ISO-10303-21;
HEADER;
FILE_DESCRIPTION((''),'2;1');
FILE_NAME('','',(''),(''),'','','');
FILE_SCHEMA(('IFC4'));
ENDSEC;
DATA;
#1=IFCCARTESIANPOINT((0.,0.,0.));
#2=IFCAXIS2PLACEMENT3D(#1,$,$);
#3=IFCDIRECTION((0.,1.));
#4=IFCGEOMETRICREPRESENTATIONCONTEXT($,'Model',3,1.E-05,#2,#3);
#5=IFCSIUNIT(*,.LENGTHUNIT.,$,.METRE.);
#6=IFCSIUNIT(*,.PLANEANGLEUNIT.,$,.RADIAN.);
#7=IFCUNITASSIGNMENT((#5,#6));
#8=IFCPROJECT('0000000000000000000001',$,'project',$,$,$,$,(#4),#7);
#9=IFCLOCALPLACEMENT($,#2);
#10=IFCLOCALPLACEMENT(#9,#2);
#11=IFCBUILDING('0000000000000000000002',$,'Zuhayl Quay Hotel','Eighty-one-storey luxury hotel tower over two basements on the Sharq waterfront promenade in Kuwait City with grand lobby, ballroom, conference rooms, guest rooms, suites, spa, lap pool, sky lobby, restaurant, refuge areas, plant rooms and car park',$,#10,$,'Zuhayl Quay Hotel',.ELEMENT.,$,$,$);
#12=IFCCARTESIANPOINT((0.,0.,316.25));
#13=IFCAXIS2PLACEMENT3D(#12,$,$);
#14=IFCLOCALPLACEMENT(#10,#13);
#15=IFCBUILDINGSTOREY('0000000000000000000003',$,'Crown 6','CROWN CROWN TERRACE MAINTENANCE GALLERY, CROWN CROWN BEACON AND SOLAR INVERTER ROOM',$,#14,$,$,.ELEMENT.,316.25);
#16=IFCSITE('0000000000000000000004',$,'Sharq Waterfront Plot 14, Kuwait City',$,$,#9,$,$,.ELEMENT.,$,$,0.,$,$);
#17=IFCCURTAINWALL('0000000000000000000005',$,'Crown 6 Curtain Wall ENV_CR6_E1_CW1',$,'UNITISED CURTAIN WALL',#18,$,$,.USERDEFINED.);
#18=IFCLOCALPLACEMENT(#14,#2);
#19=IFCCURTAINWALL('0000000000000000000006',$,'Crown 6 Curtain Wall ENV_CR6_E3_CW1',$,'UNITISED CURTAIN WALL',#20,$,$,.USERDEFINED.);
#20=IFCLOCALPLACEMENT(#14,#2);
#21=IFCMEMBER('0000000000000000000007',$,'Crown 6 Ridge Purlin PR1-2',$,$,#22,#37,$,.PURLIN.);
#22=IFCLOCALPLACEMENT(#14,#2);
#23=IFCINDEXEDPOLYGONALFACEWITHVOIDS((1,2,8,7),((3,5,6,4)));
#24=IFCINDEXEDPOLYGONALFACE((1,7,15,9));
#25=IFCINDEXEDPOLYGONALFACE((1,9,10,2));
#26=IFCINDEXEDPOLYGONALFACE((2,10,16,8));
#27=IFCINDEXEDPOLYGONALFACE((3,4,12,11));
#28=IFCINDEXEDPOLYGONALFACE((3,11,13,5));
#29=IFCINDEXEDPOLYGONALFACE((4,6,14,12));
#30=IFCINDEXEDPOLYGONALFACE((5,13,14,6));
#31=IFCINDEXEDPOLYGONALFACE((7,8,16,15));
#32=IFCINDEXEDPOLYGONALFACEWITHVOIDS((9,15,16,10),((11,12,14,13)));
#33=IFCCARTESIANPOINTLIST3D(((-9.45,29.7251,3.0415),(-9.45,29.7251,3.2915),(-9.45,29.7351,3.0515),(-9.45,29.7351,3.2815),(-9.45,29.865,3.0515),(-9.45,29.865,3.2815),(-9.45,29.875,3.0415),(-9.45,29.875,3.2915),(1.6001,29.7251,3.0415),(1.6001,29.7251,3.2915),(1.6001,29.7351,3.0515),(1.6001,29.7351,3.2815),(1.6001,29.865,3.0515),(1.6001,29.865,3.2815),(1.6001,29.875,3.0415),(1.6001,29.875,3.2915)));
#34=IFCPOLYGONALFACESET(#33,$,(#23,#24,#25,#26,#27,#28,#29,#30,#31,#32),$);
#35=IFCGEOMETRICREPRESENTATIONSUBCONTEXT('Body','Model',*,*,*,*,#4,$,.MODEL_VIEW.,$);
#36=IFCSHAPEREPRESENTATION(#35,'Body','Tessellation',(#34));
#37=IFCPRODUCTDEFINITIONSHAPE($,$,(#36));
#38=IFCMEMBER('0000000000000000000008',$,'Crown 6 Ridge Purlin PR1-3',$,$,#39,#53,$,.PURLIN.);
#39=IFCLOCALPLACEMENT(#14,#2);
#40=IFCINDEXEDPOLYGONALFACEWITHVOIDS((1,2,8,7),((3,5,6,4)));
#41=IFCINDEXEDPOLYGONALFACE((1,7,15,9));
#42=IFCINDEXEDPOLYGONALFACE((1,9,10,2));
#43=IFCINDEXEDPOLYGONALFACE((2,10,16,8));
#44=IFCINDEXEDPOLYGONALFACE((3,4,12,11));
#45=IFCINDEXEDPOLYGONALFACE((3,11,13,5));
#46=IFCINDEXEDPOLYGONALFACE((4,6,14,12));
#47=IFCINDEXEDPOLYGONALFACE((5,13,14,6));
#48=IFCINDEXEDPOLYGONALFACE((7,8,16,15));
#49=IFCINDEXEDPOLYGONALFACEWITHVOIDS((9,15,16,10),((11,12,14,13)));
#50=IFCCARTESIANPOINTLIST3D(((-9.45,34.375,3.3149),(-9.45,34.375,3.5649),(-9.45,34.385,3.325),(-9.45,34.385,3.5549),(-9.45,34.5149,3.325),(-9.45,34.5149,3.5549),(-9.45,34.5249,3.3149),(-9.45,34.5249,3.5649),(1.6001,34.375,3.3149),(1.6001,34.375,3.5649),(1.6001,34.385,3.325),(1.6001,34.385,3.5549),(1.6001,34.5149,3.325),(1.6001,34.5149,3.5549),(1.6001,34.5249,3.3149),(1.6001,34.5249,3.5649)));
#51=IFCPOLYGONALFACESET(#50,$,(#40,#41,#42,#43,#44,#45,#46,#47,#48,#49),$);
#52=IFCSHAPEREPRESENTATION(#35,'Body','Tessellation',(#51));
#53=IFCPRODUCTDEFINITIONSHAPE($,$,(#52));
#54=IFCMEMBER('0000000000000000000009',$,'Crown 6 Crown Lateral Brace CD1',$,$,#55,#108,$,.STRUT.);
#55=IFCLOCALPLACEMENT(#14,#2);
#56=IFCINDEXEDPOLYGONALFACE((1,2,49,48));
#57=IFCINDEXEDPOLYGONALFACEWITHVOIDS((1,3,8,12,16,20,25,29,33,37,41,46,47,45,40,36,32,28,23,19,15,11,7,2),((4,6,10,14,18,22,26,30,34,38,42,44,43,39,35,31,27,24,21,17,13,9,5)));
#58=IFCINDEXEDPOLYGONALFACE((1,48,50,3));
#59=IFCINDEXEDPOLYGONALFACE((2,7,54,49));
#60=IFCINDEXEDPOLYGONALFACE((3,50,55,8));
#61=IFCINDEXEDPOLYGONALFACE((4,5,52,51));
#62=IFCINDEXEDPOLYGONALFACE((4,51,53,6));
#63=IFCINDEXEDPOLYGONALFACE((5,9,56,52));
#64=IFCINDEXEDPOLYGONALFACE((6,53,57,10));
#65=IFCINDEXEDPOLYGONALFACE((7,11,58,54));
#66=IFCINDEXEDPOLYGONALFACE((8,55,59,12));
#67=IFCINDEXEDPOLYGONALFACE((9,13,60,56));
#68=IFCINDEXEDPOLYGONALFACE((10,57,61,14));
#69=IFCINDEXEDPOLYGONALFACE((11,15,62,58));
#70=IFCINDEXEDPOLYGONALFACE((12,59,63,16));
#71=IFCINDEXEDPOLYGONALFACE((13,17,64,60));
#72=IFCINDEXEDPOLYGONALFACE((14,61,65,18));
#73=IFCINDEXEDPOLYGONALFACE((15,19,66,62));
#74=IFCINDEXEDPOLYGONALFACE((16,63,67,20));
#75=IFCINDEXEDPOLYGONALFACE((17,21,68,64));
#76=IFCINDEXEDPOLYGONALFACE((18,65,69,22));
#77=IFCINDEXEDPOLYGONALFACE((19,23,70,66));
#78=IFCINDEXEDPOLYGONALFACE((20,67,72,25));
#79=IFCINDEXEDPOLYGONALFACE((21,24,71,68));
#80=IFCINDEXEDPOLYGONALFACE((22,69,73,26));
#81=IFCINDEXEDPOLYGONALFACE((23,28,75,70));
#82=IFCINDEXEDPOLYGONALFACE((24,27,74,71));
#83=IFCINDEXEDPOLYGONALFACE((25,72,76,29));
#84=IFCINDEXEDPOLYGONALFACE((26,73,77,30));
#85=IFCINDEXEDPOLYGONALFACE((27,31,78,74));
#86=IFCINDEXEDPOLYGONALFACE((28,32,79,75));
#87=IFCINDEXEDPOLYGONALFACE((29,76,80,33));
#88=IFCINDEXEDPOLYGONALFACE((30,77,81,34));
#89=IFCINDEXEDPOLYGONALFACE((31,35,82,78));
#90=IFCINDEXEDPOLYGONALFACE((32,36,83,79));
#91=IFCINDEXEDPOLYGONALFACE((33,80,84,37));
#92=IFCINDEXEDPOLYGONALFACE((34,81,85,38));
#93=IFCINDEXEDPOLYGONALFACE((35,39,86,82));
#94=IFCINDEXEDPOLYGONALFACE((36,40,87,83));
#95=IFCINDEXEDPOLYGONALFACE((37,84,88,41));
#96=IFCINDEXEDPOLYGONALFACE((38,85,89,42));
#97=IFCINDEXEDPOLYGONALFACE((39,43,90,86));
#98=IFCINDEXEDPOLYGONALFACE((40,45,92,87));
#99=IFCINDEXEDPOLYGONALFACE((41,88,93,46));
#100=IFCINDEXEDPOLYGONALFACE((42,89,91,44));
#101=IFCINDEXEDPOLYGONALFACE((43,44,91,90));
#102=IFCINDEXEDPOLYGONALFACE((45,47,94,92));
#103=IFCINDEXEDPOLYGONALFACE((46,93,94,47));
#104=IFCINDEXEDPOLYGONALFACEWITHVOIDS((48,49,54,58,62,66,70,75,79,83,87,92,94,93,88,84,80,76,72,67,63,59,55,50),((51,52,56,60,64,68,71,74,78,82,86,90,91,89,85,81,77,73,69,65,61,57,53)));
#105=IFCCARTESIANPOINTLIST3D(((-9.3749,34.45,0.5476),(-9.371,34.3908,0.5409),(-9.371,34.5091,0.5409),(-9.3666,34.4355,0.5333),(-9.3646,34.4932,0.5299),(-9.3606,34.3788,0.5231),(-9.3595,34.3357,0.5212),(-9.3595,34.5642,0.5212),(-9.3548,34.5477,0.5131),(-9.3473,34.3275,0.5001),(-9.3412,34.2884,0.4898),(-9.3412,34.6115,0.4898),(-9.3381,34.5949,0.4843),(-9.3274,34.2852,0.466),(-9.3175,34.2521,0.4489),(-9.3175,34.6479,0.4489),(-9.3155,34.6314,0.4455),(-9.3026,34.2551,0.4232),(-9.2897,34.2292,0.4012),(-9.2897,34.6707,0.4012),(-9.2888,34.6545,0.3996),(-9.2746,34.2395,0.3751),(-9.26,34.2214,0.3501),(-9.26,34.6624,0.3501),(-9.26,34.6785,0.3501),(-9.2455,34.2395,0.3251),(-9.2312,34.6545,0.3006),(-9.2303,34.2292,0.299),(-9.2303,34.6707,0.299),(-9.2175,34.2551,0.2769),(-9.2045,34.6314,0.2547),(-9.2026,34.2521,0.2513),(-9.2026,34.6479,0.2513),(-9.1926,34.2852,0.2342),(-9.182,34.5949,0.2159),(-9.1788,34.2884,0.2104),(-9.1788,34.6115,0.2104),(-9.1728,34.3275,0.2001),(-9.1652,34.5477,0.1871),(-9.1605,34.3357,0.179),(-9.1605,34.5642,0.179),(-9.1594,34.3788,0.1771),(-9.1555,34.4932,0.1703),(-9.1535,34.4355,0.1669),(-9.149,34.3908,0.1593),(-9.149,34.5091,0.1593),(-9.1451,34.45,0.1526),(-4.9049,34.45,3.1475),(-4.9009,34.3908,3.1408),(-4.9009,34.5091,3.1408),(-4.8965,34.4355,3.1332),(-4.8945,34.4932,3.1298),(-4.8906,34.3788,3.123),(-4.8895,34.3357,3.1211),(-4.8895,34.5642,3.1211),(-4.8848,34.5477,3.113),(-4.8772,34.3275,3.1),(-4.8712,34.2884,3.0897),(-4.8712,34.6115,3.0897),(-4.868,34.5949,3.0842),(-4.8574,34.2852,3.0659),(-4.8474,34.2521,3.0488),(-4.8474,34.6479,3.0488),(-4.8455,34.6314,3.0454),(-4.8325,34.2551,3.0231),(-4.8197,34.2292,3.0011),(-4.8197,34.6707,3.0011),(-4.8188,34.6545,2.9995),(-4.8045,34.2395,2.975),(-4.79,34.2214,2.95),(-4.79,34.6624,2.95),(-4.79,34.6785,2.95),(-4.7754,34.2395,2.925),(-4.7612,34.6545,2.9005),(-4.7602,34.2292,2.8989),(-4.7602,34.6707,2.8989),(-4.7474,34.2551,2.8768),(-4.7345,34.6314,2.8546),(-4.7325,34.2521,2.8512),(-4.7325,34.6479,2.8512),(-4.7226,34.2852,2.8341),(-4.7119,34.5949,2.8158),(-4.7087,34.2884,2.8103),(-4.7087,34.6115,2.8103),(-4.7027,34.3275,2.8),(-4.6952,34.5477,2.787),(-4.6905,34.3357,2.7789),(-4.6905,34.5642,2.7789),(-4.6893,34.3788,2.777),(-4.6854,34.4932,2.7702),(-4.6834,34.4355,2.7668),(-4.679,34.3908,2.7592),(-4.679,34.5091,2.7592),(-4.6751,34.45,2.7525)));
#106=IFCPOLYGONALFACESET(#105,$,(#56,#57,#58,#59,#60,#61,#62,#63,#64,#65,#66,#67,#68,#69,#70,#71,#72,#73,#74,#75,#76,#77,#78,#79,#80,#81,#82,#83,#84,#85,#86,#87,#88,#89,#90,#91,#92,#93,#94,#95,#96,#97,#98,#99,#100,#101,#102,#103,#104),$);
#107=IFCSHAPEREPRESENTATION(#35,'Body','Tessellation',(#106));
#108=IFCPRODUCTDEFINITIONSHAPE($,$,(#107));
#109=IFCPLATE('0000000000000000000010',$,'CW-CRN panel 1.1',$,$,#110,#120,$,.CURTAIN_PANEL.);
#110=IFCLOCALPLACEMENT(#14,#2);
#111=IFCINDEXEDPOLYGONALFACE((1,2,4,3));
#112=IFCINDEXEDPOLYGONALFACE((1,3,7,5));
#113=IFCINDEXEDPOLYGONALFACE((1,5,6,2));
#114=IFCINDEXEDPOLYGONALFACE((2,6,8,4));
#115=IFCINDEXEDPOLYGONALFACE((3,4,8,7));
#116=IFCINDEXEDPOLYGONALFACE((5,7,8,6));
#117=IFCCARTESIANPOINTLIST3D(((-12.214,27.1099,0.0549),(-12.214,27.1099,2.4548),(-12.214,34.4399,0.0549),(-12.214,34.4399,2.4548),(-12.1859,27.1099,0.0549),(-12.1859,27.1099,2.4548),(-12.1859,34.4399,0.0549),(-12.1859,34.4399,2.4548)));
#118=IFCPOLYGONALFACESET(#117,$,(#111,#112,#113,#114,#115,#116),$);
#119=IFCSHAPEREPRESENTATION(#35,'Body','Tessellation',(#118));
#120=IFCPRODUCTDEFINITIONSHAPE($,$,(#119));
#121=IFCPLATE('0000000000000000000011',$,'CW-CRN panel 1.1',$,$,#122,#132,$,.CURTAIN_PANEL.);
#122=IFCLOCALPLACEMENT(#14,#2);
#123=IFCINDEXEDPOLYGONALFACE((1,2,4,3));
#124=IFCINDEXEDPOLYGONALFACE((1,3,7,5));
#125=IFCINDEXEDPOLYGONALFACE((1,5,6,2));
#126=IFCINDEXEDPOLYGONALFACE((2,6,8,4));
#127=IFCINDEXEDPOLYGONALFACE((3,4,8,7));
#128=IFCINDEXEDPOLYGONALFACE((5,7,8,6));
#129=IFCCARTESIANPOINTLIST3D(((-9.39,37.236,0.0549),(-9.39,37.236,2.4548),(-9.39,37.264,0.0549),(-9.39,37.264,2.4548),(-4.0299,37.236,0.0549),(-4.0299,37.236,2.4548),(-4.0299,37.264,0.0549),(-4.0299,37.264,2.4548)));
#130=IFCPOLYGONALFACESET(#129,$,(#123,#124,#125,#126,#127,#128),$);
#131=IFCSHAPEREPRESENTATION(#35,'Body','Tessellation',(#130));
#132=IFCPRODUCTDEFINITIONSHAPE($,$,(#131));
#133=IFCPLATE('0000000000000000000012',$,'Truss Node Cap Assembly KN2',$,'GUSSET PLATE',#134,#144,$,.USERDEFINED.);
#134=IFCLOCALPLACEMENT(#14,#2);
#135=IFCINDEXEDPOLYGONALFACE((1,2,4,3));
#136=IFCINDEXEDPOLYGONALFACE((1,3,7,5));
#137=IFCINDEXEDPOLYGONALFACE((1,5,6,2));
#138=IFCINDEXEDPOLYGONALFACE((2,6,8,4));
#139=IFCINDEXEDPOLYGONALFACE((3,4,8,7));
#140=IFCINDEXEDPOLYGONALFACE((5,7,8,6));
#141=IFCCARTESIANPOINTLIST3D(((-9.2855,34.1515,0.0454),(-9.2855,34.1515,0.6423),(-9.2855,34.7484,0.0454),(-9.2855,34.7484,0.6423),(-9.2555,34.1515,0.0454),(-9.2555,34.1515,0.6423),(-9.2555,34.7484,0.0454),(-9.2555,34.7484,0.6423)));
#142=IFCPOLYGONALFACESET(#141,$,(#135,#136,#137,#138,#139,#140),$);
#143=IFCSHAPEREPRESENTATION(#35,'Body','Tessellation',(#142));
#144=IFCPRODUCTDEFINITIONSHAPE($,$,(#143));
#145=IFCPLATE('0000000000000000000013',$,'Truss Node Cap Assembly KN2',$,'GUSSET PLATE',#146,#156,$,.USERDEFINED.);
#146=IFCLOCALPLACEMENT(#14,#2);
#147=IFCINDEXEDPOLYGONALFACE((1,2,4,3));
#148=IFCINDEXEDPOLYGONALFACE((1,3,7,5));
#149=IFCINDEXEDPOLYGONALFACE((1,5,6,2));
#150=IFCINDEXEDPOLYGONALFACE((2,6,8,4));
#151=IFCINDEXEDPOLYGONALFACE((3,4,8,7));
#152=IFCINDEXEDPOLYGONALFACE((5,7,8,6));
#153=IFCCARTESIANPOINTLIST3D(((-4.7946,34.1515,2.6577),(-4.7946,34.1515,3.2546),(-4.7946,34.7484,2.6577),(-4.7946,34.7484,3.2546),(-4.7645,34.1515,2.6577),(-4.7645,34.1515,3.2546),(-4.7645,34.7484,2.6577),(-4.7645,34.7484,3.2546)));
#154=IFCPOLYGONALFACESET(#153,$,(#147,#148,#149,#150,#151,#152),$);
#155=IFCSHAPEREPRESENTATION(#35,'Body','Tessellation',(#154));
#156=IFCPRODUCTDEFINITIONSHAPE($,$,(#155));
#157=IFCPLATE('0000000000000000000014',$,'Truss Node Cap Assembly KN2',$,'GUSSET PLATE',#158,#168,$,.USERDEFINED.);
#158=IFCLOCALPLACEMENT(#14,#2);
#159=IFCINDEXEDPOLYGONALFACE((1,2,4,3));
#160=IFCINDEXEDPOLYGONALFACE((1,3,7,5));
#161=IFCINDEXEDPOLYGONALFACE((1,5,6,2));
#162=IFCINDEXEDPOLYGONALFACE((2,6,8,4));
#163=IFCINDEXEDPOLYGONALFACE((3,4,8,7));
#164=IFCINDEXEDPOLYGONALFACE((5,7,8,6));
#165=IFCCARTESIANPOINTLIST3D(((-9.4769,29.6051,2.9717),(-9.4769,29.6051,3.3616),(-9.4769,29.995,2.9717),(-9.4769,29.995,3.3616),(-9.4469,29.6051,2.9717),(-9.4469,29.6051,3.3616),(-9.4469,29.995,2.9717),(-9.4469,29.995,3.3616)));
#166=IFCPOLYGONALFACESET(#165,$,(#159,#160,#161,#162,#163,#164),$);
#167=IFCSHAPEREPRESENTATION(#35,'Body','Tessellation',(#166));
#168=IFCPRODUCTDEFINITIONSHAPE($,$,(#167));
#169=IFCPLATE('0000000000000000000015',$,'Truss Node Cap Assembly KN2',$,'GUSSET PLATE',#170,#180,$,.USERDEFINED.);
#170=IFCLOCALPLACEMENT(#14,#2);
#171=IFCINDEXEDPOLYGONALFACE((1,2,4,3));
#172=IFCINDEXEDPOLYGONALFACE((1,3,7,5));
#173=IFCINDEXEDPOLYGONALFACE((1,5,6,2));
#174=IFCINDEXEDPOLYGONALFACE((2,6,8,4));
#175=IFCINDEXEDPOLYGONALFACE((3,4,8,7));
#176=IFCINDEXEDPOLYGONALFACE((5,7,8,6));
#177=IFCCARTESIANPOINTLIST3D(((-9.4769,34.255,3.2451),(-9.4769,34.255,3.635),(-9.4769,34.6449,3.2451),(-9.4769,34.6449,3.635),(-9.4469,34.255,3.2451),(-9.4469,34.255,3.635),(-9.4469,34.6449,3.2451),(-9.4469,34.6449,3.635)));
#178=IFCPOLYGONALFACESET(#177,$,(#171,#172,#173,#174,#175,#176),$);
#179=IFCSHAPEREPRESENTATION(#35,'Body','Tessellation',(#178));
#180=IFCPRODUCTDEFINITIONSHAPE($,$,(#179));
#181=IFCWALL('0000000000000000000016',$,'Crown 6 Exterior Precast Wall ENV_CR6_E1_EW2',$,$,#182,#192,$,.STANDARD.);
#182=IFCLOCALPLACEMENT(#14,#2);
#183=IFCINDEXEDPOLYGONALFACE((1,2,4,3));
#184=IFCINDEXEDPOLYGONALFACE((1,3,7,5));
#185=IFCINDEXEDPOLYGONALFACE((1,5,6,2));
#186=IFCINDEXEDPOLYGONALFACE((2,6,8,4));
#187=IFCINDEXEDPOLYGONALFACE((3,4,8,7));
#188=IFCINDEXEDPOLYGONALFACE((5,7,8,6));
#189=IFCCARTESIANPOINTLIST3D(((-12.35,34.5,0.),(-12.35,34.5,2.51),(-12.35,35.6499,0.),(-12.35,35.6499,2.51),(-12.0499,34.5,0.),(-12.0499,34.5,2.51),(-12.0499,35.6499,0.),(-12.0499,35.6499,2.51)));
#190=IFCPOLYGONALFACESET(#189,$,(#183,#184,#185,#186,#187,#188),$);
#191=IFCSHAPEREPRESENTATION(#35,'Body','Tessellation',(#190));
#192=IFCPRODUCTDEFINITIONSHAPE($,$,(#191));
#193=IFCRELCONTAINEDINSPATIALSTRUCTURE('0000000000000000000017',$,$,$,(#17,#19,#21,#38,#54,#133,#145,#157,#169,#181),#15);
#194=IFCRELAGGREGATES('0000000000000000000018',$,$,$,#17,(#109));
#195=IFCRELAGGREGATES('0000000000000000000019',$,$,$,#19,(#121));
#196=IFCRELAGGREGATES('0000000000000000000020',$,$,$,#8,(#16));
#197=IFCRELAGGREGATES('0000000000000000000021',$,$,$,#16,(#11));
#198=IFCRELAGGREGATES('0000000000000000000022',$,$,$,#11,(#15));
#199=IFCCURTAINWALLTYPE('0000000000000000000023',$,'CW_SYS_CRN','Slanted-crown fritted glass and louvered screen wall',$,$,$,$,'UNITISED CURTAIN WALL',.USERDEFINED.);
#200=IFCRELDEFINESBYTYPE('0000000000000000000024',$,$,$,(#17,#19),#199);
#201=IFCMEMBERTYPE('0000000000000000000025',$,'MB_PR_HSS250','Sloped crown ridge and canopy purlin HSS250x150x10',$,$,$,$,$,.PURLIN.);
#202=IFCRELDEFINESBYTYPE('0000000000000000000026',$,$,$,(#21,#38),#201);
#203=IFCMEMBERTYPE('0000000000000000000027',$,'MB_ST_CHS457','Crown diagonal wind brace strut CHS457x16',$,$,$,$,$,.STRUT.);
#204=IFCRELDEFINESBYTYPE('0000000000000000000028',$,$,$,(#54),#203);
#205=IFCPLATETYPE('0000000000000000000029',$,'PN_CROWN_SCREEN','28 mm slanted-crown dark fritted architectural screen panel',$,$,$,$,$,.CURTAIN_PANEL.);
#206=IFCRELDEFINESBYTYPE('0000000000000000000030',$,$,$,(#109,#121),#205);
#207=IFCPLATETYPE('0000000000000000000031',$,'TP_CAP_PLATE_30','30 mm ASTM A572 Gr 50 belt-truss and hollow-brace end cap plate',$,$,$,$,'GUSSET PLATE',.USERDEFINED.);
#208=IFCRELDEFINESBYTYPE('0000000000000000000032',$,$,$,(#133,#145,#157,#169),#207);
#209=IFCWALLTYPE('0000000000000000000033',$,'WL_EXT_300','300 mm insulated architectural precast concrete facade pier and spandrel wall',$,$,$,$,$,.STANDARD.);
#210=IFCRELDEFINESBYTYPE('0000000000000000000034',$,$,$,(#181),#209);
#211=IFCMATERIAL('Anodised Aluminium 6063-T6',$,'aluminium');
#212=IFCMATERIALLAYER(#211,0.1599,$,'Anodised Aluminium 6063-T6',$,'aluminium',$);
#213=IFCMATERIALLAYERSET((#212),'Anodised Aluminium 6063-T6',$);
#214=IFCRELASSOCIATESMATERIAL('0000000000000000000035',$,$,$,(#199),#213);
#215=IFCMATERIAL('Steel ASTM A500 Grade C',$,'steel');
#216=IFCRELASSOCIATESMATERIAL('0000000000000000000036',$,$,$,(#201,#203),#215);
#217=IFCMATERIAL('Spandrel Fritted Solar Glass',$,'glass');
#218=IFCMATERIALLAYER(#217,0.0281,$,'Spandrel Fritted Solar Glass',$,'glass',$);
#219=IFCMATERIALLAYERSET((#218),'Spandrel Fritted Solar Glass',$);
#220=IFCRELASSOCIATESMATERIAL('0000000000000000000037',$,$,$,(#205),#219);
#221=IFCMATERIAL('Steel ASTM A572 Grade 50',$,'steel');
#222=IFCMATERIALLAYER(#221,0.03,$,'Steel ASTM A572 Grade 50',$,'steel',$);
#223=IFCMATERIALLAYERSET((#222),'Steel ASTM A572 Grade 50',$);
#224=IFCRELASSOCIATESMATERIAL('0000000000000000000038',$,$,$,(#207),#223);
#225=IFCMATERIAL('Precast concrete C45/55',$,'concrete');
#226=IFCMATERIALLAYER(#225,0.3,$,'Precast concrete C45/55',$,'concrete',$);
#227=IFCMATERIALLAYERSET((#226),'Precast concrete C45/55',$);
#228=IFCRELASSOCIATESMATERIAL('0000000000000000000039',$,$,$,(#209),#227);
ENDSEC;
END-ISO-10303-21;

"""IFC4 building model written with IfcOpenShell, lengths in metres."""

from ifc_helpers import new_model, si_unit, direction, frame, frame_2d, origin, origin_2d, place, context, subcontext, project, spatial, rectangle, hollow_rectangle, hollow_circle, extrude, material, layer, layer_set, material_profile, profile_set, type_object, element, aggregate, save


model = new_model("IFC4")

# Units and contexts
model_context = context("Model", 3, precision=1e-05, world=origin(), true_north=direction((0.0, 1.0)))
body_context = subcontext(model_context, "Body", "Model", "MODEL_VIEW")
ifc_project = project(units=[si_unit("LENGTHUNIT", "METRE"), si_unit("PLANEANGLEUNIT", "RADIAN")], contexts=[model_context])

# Site, building, storey
site_placement = place(None, origin())
site = spatial("IfcSite", under=ifc_project, at=site_placement, Name="Sharq Waterfront Plot 14, Kuwait City", CompositionType="ELEMENT", RefElevation=0.0)
building_placement = place(site_placement, origin())
building = spatial("IfcBuilding", under=site, at=building_placement, Name="Zuhayl Quay Hotel", Description="Eighty-one-storey luxury hotel tower over two basements on the Sharq waterfront promenade in Kuwait City with grand lobby, ballroom, conference rooms, guest rooms, suites, spa, lap pool, sky lobby, restaurant, refuge areas, plant rooms and car park", LongName="Zuhayl Quay Hotel", CompositionType="ELEMENT")
storey_placement = place(building_placement, frame((0.0, 0.0, 316.25)))
storey = spatial("IfcBuildingStorey", under=building, at=storey_placement, Name="Crown 6", Description="CROWN CROWN TERRACE MAINTENANCE GALLERY, CROWN CROWN BEACON AND SOLAR INVERTER ROOM", CompositionType="ELEMENT", Elevation=316.25)

# Curtain wall
ifc_material_1 = material(Name="Anodised Aluminium 6063-T6", Category="aluminium")
ifc_layer_1 = layer(ifc_material_1, 0.1599, Name="Anodised Aluminium 6063-T6", Category="aluminium")
ifc_layer_set_1 = layer_set([ifc_layer_1], Name="Anodised Aluminium 6063-T6")
curtain_wall_type = type_object("IfcCurtainWallType", Name="CW_SYS_CRN", Description="Slanted-crown fritted glass and louvered screen wall", ElementType="UNITISED CURTAIN WALL", PredefinedType="USERDEFINED", material=ifc_layer_set_1)
curtain_wall_1_placement = place(storey_placement, origin())
curtain_wall_1 = element("IfcCurtainWall", 1, at=curtain_wall_1_placement, inside=storey, type_object=curtain_wall_type, Name="Crown 6 Curtain Wall ENV_CR6_E1_CW1", ObjectType="UNITISED CURTAIN WALL", PredefinedType="USERDEFINED")

# Curtain wall
curtain_wall_2_placement = place(storey_placement, origin())
curtain_wall_2 = element("IfcCurtainWall", 2, at=curtain_wall_2_placement, inside=storey, type_object=curtain_wall_type, Name="Crown 6 Curtain Wall ENV_CR6_E3_CW1", ObjectType="UNITISED CURTAIN WALL", PredefinedType="USERDEFINED")

# Members
ifc_material_2 = material(Name="Steel ASTM A500 Grade C", Category="steel")
ifc_material_profile_1 = material_profile(ifc_material_2, hollow_rectangle(XDim=0.1499, YDim=0.25, WallThickness=0.01, at=origin_2d()), Name="HSS250X150X10")
ifc_profile_set_1 = profile_set([ifc_material_profile_1], Name="Steel ASTM A500 Grade C")
member_type_1 = type_object("IfcMemberType", Name="MB_PR_HSS250", Description="Sloped crown ridge and canopy purlin HSS250x150x10", PredefinedType="PURLIN", material=ifc_profile_set_1)
for number, where, z_axis, x_axis, name in (
    (3, (-9.45, 29.8, 3.1665), (1.0, 0.0, 0.0), (0.0, 1.0, 0.0), "Crown 6 Ridge Purlin PR1-2"),
    (4, (-9.45, 34.45, 3.4399), (1.0, 0.0, 0.0), (0.0, 1.0, 0.0), "Crown 6 Ridge Purlin PR1-3"),
):
    element("IfcMember", number, at=place(storey_placement, frame(where, z_axis=z_axis, x_axis=x_axis)), inside=storey, type_object=member_type_1, Name=name, PredefinedType="PURLIN", context=body_context, shape_type="SweptSolid", body=[
        extrude(hollow_rectangle(XDim=0.1499, YDim=0.25, WallThickness=0.01, at=origin_2d()), origin(), (0.0, 0.0, 1.0), 11.05),
    ])
ifc_material_profile_2 = material_profile(ifc_material_2, hollow_circle(Radius=0.2285, WallThickness=0.0161, at=origin_2d()), Name="CHS457X16")
ifc_profile_set_2 = profile_set([ifc_material_profile_2], Name="Steel ASTM A500 Grade C")
member_type_2 = type_object("IfcMemberType", Name="MB_ST_CHS457", Description="Crown diagonal wind brace strut CHS457x16", PredefinedType="STRUT", material=ifc_profile_set_2)
member_1_placement = place(storey_placement, frame((-9.26, 34.45, 0.3501), z_axis=(0.86442, 0.0, 0.50277), x_axis=(0.0, 1.0, 0.0)))
element("IfcMember", 5, at=member_1_placement, inside=storey, type_object=member_type_2, Name="Crown 6 Crown Lateral Brace CD1", PredefinedType="STRUT", context=body_context, shape_type="SweptSolid", body=[
    extrude(hollow_circle(Radius=0.2285, WallThickness=0.0161, at=origin_2d()), origin(), (0.0, 0.0, 1.0), 5.1711),
])

# Plates
ifc_material_3 = material(Name="Spandrel Fritted Solar Glass", Category="glass")
ifc_layer_2 = layer(ifc_material_3, 0.0281, Name="Spandrel Fritted Solar Glass", Category="glass")
ifc_layer_set_2 = layer_set([ifc_layer_2], Name="Spandrel Fritted Solar Glass")
plate_type_1 = type_object("IfcPlateType", Name="PN_CROWN_SCREEN", Description="28 mm slanted-crown dark fritted architectural screen panel", PredefinedType="CURTAIN_PANEL", material=ifc_layer_set_2)
plate_1_placement = place(storey_placement, frame((-12.2, 30.7749, 0.0549), z_axis=(0.0, 0.0, 1.0), x_axis=(0.0, 1.0, 0.0)))
plate_1 = element("IfcPlate", 6, at=plate_1_placement, type_object=plate_type_1, Name="CW-CRN panel 1.1", PredefinedType="CURTAIN_PANEL", context=body_context, shape_type="SweptSolid", body=[
    extrude(rectangle(XDim=7.3301, YDim=0.0281, at=origin_2d()), origin(), (0.0, 0.0, 1.0), 2.3999),
])
aggregate(curtain_wall_1, [plate_1])
plate_2_placement = place(storey_placement, frame((-6.71, 37.25, 0.0549), z_axis=(0.0, 0.0, 1.0), x_axis=(1.0, 0.0, 0.0)))
plate_2 = element("IfcPlate", 7, at=plate_2_placement, type_object=plate_type_1, Name="CW-CRN panel 1.1", PredefinedType="CURTAIN_PANEL", context=body_context, shape_type="SweptSolid", body=[
    extrude(rectangle(XDim=5.3601, YDim=0.0281, at=origin_2d()), origin(), (0.0, 0.0, 1.0), 2.3999),
])
aggregate(curtain_wall_2, [plate_2])

# Plates
ifc_material_4 = material(Name="Steel ASTM A572 Grade 50", Category="steel")
ifc_layer_3 = layer(ifc_material_4, 0.03, Name="Steel ASTM A572 Grade 50", Category="steel")
ifc_layer_set_3 = layer_set([ifc_layer_3], Name="Steel ASTM A572 Grade 50")
plate_type_2 = type_object("IfcPlateType", Name="TP_CAP_PLATE_30", Description="30 mm ASTM A572 Gr 50 belt-truss and hollow-brace end cap plate", ElementType="GUSSET PLATE", PredefinedType="USERDEFINED", material=ifc_layer_set_3)
for number, where, z_axis, x_axis, name in (
    (8, (-9.2705, 34.45, 0.0454), (0.0, 0.0, 1.0), (-1.0, 0.0, 0.0), "Truss Node Cap Assembly KN2"),
    (9, (-4.7795, 34.45, 2.6577), (0.0, 0.0, 1.0), (1.0, 0.0, 0.0), "Truss Node Cap Assembly KN2"),
):
    element("IfcPlate", number, at=place(storey_placement, frame(where, z_axis=z_axis, x_axis=x_axis)), inside=storey, type_object=plate_type_2, Name=name, ObjectType="GUSSET PLATE", PredefinedType="USERDEFINED", context=body_context, shape_type="SweptSolid", body=[
        extrude(rectangle(XDim=0.03, YDim=0.5969, at=origin_2d()), origin(), (0.0, 0.0, 1.0), 0.5969),
    ])
for number, where, z_axis, x_axis, name in (
    (10, (-9.4619, 29.8, 2.9717), (0.0, 0.0, 1.0), (-1.0, 0.0, 0.0), "Truss Node Cap Assembly KN2"),
    (11, (-9.4619, 34.45, 3.2451), (0.0, 0.0, 1.0), (-1.0, 0.0, 0.0), "Truss Node Cap Assembly KN2"),
):
    element("IfcPlate", number, at=place(storey_placement, frame(where, z_axis=z_axis, x_axis=x_axis)), inside=storey, type_object=plate_type_2, Name=name, ObjectType="GUSSET PLATE", PredefinedType="USERDEFINED", context=body_context, shape_type="SweptSolid", body=[
        extrude(rectangle(XDim=0.03, YDim=0.3899, at=origin_2d()), origin(), (0.0, 0.0, 1.0), 0.3899),
    ])

# Wall
ifc_material_5 = material(Name="Precast concrete C45/55", Category="concrete")
ifc_layer_4 = layer(ifc_material_5, 0.3, Name="Precast concrete C45/55", Category="concrete")
ifc_layer_set_4 = layer_set([ifc_layer_4], Name="Precast concrete C45/55")
wall_type_1 = type_object("IfcWallType", Name="WL_EXT_300", Description="300 mm insulated architectural precast concrete facade pier and spandrel wall", PredefinedType="STANDARD", material=ifc_layer_set_4)
wall_1_placement = place(storey_placement, frame((-12.2, 34.5, 0.0), z_axis=(0.0, 0.0, 1.0), x_axis=(0.0, 1.0, 0.0)))
element("IfcWall", 12, at=wall_1_placement, inside=storey, type_object=wall_type_1, Name="Crown 6 Exterior Precast Wall ENV_CR6_E1_EW2", PredefinedType="STANDARD", context=body_context, shape_type="SweptSolid", body=[
    extrude(rectangle(XDim=1.1499, YDim=0.3, at=frame_2d((0.575, 0.0))), origin(), (0.0, 0.0, 1.0), 2.51),
])

save(model, "model.ifc")
